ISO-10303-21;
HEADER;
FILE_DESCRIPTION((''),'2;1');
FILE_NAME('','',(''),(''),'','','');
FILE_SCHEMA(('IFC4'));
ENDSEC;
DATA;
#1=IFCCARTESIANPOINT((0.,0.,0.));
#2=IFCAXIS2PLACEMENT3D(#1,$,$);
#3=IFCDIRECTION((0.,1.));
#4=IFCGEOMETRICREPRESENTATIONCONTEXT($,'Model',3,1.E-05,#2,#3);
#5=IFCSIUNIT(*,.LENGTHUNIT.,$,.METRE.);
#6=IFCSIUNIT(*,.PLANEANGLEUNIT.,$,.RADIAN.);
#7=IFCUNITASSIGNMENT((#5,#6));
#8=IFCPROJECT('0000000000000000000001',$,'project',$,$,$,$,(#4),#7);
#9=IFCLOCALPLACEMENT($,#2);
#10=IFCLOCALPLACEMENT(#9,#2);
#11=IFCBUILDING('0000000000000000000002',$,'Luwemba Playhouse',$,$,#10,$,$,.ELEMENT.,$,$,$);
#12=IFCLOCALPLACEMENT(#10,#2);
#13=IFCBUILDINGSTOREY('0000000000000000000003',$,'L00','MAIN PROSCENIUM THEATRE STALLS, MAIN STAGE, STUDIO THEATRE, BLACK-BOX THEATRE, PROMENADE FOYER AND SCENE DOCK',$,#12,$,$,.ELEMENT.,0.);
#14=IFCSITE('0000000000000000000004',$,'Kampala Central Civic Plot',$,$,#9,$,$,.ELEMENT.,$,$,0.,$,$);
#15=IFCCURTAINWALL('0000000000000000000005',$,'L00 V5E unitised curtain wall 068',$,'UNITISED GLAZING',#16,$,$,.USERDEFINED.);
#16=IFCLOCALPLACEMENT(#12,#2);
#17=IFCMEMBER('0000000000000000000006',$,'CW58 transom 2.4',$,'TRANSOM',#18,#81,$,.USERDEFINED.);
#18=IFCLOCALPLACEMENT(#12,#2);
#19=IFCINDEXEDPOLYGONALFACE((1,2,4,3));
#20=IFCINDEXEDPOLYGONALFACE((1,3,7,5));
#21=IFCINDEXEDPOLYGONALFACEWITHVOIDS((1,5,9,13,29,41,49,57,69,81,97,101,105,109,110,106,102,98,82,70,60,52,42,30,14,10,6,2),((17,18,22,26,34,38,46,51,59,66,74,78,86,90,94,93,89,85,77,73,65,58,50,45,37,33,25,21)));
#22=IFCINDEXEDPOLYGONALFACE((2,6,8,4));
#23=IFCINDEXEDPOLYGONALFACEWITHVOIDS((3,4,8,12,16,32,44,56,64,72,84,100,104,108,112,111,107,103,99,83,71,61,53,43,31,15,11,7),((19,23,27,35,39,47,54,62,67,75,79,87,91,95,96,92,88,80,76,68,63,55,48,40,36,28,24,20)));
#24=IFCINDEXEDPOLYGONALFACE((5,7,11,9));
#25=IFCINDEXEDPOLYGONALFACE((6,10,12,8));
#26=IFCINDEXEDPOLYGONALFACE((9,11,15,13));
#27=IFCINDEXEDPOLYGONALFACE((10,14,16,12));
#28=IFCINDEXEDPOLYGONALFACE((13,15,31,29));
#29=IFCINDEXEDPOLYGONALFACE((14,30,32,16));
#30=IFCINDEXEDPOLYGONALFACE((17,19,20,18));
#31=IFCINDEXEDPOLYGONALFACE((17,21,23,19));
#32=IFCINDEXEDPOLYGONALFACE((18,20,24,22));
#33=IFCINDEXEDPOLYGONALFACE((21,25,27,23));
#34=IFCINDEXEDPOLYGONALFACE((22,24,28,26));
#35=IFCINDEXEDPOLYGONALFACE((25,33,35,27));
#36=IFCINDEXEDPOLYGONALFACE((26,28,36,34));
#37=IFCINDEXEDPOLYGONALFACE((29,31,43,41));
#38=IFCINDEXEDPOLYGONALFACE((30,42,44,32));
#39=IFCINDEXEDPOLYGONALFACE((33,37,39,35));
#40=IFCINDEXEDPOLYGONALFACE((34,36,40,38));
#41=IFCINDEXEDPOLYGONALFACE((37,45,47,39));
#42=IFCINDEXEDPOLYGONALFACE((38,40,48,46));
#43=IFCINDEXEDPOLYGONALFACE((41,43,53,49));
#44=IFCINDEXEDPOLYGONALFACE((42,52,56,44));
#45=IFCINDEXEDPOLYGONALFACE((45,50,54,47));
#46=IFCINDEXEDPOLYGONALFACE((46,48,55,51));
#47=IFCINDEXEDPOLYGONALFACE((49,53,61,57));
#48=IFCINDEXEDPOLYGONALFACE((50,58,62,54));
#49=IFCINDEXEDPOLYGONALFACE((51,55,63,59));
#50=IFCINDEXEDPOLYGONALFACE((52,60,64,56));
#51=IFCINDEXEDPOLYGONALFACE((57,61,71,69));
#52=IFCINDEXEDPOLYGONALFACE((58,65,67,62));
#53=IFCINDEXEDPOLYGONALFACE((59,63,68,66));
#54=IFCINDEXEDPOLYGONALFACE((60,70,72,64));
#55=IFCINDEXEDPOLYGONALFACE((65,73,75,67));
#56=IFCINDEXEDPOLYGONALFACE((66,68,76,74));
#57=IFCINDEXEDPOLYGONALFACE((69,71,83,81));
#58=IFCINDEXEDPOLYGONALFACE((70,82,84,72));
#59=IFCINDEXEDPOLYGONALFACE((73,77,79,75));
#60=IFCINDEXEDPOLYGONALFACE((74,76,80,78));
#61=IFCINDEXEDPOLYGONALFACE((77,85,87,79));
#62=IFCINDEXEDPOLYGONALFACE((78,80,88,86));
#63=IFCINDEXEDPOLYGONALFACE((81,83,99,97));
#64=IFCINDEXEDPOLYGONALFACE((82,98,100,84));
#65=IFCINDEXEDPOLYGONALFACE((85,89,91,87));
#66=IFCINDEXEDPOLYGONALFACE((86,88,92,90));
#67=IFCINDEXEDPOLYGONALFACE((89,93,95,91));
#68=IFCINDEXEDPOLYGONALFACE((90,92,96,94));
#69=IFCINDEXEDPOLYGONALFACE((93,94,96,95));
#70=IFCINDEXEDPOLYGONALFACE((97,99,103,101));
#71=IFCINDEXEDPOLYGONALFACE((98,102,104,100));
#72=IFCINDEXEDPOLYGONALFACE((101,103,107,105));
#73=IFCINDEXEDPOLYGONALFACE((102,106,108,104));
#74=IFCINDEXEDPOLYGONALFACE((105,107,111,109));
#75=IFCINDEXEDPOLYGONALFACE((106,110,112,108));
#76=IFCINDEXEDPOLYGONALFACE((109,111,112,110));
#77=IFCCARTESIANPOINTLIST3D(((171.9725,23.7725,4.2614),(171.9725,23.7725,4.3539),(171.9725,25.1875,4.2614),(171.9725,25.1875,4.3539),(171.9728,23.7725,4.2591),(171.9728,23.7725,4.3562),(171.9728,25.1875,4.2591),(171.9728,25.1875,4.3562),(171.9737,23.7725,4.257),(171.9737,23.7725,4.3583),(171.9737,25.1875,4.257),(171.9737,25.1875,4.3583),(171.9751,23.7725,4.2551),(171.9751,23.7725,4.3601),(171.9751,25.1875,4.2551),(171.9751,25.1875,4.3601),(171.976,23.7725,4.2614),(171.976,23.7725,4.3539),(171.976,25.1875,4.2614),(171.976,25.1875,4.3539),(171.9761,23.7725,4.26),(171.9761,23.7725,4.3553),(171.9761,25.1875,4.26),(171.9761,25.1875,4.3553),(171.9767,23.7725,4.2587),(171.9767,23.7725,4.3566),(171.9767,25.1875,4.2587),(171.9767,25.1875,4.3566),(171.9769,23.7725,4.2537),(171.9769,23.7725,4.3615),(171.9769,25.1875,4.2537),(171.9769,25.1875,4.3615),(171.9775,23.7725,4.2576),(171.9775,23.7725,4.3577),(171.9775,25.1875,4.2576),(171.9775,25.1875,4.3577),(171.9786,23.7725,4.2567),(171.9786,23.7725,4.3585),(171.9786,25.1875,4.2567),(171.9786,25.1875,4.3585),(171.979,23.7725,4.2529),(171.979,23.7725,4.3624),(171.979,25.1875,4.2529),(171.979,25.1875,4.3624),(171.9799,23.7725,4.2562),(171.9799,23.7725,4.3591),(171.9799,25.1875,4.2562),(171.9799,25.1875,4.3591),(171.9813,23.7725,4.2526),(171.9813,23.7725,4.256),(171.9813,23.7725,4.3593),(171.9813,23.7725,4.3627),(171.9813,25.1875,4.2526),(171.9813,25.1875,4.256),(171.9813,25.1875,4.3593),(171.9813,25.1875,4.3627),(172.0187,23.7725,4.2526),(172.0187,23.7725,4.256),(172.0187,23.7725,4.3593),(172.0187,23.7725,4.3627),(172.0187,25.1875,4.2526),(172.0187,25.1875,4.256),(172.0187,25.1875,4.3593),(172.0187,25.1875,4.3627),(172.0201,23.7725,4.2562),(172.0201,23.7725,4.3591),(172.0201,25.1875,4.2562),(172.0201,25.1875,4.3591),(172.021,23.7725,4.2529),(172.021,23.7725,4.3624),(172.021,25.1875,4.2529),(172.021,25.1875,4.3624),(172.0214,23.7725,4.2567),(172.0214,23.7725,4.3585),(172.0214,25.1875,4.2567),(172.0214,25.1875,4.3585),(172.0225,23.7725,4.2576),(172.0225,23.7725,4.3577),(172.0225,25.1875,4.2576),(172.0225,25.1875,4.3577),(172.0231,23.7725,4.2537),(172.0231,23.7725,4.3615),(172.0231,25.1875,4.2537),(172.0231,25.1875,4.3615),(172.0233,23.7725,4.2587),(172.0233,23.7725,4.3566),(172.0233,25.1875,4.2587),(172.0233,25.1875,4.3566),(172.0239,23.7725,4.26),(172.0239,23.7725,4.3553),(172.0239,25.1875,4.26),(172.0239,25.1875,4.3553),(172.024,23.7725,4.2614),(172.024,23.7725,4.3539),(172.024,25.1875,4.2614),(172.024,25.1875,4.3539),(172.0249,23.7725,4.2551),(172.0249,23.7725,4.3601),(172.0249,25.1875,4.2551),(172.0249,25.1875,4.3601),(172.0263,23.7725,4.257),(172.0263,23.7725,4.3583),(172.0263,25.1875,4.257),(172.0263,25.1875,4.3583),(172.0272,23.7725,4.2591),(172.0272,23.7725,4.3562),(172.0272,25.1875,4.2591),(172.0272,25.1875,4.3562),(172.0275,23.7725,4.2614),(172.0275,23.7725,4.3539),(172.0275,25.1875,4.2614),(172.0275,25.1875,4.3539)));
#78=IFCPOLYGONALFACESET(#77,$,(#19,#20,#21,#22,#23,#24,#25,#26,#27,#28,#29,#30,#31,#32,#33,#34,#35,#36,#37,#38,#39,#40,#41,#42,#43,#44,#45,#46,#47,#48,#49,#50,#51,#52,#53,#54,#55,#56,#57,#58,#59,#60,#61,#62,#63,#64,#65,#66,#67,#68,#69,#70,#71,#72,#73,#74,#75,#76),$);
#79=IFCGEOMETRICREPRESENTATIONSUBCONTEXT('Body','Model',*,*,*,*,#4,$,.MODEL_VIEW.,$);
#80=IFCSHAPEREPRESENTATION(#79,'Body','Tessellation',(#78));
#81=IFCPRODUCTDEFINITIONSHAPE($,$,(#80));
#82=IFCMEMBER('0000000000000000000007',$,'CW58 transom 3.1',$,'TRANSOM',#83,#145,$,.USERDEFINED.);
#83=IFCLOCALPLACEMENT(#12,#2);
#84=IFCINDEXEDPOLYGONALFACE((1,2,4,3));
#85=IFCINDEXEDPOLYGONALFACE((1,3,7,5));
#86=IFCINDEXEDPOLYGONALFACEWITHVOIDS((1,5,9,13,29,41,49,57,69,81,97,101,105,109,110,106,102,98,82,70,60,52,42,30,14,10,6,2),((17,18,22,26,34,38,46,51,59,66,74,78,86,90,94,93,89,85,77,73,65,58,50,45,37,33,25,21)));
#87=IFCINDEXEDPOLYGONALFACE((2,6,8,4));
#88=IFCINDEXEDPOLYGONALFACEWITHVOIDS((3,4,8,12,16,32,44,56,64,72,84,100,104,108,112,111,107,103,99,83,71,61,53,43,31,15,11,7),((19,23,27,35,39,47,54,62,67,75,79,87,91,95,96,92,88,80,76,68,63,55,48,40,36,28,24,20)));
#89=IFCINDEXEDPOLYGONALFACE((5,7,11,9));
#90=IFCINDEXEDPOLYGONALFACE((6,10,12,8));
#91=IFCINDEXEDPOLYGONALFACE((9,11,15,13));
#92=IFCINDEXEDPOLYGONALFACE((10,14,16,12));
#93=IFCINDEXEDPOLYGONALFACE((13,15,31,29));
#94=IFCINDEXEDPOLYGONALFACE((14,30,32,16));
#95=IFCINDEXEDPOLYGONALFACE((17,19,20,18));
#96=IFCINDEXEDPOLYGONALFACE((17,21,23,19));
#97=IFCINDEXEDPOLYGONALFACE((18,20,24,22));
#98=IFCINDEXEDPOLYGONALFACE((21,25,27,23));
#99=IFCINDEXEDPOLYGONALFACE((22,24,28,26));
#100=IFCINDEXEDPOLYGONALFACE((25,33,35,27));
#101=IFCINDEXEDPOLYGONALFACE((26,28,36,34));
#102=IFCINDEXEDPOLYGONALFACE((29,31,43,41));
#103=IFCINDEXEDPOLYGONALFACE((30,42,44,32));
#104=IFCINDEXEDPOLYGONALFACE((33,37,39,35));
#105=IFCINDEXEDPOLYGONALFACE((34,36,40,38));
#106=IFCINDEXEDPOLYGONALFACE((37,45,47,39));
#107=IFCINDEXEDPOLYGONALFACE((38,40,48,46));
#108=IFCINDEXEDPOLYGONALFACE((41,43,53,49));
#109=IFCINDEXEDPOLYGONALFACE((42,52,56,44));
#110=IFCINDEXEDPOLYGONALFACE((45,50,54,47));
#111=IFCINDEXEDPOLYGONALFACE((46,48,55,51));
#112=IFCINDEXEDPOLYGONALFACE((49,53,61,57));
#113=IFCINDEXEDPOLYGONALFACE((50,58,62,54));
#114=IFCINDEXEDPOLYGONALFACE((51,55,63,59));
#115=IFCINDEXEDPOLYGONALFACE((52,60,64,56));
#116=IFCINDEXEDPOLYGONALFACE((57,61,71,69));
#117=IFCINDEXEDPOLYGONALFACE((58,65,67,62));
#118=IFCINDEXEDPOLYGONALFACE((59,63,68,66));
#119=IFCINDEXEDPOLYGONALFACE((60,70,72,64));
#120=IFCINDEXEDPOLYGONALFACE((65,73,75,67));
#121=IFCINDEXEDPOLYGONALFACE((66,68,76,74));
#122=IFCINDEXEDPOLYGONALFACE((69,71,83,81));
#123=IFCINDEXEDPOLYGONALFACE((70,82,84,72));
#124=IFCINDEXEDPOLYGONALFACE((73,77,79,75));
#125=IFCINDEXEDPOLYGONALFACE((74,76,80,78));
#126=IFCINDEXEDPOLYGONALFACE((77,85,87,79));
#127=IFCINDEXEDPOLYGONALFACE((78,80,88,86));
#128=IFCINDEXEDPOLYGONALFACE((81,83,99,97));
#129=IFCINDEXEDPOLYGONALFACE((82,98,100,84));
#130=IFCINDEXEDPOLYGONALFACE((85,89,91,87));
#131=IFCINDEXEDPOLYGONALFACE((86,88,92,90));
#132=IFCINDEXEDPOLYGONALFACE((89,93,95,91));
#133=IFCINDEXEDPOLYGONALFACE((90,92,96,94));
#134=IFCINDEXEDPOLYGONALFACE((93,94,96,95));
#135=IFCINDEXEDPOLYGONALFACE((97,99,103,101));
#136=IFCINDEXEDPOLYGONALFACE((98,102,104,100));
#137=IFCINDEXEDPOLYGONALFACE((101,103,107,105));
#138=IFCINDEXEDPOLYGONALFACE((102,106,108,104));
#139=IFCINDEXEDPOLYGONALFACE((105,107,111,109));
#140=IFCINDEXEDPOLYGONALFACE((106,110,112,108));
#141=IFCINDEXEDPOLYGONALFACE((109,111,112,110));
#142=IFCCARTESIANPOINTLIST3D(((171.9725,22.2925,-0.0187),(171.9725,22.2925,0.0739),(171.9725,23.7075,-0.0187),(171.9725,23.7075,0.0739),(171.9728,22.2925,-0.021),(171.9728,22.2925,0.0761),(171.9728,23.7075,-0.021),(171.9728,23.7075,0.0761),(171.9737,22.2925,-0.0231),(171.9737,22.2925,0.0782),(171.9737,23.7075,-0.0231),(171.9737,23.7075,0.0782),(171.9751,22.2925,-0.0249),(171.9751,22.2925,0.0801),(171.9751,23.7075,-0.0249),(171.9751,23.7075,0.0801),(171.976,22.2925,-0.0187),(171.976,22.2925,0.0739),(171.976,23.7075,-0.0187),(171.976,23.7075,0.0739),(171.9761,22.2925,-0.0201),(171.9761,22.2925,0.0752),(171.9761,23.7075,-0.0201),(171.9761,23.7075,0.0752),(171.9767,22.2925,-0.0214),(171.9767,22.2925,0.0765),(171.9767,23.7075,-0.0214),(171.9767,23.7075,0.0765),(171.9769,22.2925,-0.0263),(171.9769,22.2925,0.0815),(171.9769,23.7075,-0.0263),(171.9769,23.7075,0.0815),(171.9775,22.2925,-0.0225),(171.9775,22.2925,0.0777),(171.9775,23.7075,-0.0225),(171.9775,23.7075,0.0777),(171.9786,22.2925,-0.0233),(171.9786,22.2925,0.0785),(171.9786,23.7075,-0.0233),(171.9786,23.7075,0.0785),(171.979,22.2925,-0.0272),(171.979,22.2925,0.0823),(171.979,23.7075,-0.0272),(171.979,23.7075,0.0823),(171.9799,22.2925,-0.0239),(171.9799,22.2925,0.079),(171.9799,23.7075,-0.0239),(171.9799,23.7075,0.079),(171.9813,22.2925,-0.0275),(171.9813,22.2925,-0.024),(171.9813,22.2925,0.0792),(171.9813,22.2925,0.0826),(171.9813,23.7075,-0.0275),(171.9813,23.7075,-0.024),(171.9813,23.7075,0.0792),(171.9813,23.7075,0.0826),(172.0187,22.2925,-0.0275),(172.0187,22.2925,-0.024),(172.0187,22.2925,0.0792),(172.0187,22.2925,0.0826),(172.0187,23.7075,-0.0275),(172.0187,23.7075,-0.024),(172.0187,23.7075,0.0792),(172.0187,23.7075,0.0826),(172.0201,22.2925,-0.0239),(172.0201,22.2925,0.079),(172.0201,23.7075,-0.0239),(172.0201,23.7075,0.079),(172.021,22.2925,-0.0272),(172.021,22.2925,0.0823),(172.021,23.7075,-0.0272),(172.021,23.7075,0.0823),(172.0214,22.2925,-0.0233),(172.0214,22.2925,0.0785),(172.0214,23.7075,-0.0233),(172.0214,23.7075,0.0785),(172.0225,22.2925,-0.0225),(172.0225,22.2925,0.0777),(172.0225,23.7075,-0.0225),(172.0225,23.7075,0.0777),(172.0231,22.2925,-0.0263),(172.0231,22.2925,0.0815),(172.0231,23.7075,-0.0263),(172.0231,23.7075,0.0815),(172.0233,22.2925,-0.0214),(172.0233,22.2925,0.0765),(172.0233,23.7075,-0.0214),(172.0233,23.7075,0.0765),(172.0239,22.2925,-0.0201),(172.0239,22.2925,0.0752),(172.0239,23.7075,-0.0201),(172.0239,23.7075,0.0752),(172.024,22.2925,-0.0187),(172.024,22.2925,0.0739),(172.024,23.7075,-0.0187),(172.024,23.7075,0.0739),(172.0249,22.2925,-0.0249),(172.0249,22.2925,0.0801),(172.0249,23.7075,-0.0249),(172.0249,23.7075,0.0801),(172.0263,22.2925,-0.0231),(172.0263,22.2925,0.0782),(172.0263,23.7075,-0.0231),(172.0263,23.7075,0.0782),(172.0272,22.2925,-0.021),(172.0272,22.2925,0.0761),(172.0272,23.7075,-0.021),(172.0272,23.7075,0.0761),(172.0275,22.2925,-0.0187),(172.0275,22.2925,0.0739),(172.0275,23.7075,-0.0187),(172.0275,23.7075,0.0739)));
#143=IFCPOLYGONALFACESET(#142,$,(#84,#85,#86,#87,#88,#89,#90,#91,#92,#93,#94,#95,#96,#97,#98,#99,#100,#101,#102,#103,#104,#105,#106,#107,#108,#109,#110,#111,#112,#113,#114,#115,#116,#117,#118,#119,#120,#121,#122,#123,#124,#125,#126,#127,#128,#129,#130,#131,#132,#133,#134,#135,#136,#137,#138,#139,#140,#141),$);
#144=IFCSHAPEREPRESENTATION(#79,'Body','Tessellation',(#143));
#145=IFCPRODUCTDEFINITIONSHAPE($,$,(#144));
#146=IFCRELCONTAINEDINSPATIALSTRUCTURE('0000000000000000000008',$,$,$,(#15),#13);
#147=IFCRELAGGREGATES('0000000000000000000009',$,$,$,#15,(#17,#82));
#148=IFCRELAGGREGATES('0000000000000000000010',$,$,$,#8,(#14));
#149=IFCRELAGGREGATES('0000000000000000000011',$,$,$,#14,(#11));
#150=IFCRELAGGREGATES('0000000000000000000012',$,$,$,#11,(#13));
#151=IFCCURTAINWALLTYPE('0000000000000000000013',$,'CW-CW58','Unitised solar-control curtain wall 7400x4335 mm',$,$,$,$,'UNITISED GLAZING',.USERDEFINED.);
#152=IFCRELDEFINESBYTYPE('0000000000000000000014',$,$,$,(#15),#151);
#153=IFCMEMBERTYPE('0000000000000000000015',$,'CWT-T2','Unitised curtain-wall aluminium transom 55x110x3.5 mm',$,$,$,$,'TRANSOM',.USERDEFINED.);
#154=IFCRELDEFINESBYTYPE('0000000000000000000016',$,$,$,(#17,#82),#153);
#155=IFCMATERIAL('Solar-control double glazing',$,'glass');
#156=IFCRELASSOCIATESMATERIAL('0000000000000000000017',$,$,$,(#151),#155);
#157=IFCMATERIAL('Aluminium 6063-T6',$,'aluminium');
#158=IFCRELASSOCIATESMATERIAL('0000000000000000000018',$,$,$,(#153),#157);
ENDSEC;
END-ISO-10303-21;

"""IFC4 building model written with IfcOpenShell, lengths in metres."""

from ifc_helpers import new_model, si_unit, direction, frame, origin, origin_2d, place, context, subcontext, project, spatial, hollow_rectangle, extrude, material, material_profile, profile_set, type_object, element, aggregate, save


model = new_model("IFC4")

# Units and contexts
model_context = context("Model", 3, precision=1e-05, world=origin(), true_north=direction((0.0, 1.0)))
body_context = subcontext(model_context, "Body", "Model", "MODEL_VIEW")
ifc_project = project(units=[si_unit("LENGTHUNIT", "METRE"), si_unit("PLANEANGLEUNIT", "RADIAN")], contexts=[model_context])

# Site, building, storey
site_placement = place(None, origin())
site = spatial("IfcSite", under=ifc_project, at=site_placement, Name="Kampala Central Civic Plot", CompositionType="ELEMENT", RefElevation=0.0)
building_placement = place(site_placement, origin())
building = spatial("IfcBuilding", under=site, at=building_placement, Name="Luwemba Playhouse", CompositionType="ELEMENT")
storey_placement = place(building_placement, origin())
storey = spatial("IfcBuildingStorey", under=building, at=storey_placement, Name="L00", Description="MAIN PROSCENIUM THEATRE STALLS, MAIN STAGE, STUDIO THEATRE, BLACK-BOX THEATRE, PROMENADE FOYER AND SCENE DOCK", CompositionType="ELEMENT", Elevation=0.0)

# Shared definitions
ifc_material_1 = material(Name="Solar-control double glazing", Category="glass")
ifc_material_2 = material(Name="Aluminium 6063-T6", Category="aluminium")

# Curtain wall, members
curtain_wall_type_1 = type_object("IfcCurtainWallType", Name="CW-CW58", Description="Unitised solar-control curtain wall 7400x4335 mm", ElementType="UNITISED GLAZING", PredefinedType="USERDEFINED", material=ifc_material_1)
curtain_wall_1_placement = place(storey_placement, origin())
curtain_wall_1 = element("IfcCurtainWall", 1, at=curtain_wall_1_placement, inside=storey, type_object=curtain_wall_type_1, Name="L00 V5E unitised curtain wall 068", ObjectType="UNITISED GLAZING", PredefinedType="USERDEFINED")
ifc_material_profile_1 = material_profile(ifc_material_2, hollow_rectangle(XDim=0.0549, YDim=0.1101, WallThickness=0.0034, InnerFilletRadius=0.0054, OuterFilletRadius=0.0088, at=origin_2d()))
ifc_profile_set_1 = profile_set([ifc_material_profile_1], Name="Aluminium 6063-T6")
member_type_1 = type_object("IfcMemberType", Name="CWT-T2", Description="Unitised curtain-wall aluminium transom 55x110x3.5 mm", ElementType="TRANSOM", PredefinedType="USERDEFINED", material=ifc_profile_set_1)
member_1_placement = place(storey_placement, frame((172.0, 25.1875, 4.3076), z_axis=(0.0, -1.0, 0.0), x_axis=(1.0, 0.0, 0.0)))
member_1 = element("IfcMember", 2, at=member_1_placement, type_object=member_type_1, Name="CW58 transom 2.4", ObjectType="TRANSOM", PredefinedType="USERDEFINED", context=body_context, shape_type="SweptSolid", body=[
    extrude(hollow_rectangle(XDim=0.0549, YDim=0.1101, WallThickness=0.0034, InnerFilletRadius=0.0054, OuterFilletRadius=0.0088, at=origin_2d()), origin(), (0.0, 0.0, 1.0), 1.415),
])
member_2_placement = place(storey_placement, frame((172.0, 23.7075, 0.0276), z_axis=(0.0, -1.0, 0.0), x_axis=(1.0, 0.0, 0.0)))
member_2 = element("IfcMember", 3, at=member_2_placement, type_object=member_type_1, Name="CW58 transom 3.1", ObjectType="TRANSOM", PredefinedType="USERDEFINED", context=body_context, shape_type="SweptSolid", body=[
    extrude(hollow_rectangle(XDim=0.0549, YDim=0.1101, WallThickness=0.0034, InnerFilletRadius=0.0054, OuterFilletRadius=0.0088, at=origin_2d()), origin(), (0.0, 0.0, 1.0), 1.415),
])

aggregate(curtain_wall_1, [member_1, member_2])

save(model, "model.ifc")
